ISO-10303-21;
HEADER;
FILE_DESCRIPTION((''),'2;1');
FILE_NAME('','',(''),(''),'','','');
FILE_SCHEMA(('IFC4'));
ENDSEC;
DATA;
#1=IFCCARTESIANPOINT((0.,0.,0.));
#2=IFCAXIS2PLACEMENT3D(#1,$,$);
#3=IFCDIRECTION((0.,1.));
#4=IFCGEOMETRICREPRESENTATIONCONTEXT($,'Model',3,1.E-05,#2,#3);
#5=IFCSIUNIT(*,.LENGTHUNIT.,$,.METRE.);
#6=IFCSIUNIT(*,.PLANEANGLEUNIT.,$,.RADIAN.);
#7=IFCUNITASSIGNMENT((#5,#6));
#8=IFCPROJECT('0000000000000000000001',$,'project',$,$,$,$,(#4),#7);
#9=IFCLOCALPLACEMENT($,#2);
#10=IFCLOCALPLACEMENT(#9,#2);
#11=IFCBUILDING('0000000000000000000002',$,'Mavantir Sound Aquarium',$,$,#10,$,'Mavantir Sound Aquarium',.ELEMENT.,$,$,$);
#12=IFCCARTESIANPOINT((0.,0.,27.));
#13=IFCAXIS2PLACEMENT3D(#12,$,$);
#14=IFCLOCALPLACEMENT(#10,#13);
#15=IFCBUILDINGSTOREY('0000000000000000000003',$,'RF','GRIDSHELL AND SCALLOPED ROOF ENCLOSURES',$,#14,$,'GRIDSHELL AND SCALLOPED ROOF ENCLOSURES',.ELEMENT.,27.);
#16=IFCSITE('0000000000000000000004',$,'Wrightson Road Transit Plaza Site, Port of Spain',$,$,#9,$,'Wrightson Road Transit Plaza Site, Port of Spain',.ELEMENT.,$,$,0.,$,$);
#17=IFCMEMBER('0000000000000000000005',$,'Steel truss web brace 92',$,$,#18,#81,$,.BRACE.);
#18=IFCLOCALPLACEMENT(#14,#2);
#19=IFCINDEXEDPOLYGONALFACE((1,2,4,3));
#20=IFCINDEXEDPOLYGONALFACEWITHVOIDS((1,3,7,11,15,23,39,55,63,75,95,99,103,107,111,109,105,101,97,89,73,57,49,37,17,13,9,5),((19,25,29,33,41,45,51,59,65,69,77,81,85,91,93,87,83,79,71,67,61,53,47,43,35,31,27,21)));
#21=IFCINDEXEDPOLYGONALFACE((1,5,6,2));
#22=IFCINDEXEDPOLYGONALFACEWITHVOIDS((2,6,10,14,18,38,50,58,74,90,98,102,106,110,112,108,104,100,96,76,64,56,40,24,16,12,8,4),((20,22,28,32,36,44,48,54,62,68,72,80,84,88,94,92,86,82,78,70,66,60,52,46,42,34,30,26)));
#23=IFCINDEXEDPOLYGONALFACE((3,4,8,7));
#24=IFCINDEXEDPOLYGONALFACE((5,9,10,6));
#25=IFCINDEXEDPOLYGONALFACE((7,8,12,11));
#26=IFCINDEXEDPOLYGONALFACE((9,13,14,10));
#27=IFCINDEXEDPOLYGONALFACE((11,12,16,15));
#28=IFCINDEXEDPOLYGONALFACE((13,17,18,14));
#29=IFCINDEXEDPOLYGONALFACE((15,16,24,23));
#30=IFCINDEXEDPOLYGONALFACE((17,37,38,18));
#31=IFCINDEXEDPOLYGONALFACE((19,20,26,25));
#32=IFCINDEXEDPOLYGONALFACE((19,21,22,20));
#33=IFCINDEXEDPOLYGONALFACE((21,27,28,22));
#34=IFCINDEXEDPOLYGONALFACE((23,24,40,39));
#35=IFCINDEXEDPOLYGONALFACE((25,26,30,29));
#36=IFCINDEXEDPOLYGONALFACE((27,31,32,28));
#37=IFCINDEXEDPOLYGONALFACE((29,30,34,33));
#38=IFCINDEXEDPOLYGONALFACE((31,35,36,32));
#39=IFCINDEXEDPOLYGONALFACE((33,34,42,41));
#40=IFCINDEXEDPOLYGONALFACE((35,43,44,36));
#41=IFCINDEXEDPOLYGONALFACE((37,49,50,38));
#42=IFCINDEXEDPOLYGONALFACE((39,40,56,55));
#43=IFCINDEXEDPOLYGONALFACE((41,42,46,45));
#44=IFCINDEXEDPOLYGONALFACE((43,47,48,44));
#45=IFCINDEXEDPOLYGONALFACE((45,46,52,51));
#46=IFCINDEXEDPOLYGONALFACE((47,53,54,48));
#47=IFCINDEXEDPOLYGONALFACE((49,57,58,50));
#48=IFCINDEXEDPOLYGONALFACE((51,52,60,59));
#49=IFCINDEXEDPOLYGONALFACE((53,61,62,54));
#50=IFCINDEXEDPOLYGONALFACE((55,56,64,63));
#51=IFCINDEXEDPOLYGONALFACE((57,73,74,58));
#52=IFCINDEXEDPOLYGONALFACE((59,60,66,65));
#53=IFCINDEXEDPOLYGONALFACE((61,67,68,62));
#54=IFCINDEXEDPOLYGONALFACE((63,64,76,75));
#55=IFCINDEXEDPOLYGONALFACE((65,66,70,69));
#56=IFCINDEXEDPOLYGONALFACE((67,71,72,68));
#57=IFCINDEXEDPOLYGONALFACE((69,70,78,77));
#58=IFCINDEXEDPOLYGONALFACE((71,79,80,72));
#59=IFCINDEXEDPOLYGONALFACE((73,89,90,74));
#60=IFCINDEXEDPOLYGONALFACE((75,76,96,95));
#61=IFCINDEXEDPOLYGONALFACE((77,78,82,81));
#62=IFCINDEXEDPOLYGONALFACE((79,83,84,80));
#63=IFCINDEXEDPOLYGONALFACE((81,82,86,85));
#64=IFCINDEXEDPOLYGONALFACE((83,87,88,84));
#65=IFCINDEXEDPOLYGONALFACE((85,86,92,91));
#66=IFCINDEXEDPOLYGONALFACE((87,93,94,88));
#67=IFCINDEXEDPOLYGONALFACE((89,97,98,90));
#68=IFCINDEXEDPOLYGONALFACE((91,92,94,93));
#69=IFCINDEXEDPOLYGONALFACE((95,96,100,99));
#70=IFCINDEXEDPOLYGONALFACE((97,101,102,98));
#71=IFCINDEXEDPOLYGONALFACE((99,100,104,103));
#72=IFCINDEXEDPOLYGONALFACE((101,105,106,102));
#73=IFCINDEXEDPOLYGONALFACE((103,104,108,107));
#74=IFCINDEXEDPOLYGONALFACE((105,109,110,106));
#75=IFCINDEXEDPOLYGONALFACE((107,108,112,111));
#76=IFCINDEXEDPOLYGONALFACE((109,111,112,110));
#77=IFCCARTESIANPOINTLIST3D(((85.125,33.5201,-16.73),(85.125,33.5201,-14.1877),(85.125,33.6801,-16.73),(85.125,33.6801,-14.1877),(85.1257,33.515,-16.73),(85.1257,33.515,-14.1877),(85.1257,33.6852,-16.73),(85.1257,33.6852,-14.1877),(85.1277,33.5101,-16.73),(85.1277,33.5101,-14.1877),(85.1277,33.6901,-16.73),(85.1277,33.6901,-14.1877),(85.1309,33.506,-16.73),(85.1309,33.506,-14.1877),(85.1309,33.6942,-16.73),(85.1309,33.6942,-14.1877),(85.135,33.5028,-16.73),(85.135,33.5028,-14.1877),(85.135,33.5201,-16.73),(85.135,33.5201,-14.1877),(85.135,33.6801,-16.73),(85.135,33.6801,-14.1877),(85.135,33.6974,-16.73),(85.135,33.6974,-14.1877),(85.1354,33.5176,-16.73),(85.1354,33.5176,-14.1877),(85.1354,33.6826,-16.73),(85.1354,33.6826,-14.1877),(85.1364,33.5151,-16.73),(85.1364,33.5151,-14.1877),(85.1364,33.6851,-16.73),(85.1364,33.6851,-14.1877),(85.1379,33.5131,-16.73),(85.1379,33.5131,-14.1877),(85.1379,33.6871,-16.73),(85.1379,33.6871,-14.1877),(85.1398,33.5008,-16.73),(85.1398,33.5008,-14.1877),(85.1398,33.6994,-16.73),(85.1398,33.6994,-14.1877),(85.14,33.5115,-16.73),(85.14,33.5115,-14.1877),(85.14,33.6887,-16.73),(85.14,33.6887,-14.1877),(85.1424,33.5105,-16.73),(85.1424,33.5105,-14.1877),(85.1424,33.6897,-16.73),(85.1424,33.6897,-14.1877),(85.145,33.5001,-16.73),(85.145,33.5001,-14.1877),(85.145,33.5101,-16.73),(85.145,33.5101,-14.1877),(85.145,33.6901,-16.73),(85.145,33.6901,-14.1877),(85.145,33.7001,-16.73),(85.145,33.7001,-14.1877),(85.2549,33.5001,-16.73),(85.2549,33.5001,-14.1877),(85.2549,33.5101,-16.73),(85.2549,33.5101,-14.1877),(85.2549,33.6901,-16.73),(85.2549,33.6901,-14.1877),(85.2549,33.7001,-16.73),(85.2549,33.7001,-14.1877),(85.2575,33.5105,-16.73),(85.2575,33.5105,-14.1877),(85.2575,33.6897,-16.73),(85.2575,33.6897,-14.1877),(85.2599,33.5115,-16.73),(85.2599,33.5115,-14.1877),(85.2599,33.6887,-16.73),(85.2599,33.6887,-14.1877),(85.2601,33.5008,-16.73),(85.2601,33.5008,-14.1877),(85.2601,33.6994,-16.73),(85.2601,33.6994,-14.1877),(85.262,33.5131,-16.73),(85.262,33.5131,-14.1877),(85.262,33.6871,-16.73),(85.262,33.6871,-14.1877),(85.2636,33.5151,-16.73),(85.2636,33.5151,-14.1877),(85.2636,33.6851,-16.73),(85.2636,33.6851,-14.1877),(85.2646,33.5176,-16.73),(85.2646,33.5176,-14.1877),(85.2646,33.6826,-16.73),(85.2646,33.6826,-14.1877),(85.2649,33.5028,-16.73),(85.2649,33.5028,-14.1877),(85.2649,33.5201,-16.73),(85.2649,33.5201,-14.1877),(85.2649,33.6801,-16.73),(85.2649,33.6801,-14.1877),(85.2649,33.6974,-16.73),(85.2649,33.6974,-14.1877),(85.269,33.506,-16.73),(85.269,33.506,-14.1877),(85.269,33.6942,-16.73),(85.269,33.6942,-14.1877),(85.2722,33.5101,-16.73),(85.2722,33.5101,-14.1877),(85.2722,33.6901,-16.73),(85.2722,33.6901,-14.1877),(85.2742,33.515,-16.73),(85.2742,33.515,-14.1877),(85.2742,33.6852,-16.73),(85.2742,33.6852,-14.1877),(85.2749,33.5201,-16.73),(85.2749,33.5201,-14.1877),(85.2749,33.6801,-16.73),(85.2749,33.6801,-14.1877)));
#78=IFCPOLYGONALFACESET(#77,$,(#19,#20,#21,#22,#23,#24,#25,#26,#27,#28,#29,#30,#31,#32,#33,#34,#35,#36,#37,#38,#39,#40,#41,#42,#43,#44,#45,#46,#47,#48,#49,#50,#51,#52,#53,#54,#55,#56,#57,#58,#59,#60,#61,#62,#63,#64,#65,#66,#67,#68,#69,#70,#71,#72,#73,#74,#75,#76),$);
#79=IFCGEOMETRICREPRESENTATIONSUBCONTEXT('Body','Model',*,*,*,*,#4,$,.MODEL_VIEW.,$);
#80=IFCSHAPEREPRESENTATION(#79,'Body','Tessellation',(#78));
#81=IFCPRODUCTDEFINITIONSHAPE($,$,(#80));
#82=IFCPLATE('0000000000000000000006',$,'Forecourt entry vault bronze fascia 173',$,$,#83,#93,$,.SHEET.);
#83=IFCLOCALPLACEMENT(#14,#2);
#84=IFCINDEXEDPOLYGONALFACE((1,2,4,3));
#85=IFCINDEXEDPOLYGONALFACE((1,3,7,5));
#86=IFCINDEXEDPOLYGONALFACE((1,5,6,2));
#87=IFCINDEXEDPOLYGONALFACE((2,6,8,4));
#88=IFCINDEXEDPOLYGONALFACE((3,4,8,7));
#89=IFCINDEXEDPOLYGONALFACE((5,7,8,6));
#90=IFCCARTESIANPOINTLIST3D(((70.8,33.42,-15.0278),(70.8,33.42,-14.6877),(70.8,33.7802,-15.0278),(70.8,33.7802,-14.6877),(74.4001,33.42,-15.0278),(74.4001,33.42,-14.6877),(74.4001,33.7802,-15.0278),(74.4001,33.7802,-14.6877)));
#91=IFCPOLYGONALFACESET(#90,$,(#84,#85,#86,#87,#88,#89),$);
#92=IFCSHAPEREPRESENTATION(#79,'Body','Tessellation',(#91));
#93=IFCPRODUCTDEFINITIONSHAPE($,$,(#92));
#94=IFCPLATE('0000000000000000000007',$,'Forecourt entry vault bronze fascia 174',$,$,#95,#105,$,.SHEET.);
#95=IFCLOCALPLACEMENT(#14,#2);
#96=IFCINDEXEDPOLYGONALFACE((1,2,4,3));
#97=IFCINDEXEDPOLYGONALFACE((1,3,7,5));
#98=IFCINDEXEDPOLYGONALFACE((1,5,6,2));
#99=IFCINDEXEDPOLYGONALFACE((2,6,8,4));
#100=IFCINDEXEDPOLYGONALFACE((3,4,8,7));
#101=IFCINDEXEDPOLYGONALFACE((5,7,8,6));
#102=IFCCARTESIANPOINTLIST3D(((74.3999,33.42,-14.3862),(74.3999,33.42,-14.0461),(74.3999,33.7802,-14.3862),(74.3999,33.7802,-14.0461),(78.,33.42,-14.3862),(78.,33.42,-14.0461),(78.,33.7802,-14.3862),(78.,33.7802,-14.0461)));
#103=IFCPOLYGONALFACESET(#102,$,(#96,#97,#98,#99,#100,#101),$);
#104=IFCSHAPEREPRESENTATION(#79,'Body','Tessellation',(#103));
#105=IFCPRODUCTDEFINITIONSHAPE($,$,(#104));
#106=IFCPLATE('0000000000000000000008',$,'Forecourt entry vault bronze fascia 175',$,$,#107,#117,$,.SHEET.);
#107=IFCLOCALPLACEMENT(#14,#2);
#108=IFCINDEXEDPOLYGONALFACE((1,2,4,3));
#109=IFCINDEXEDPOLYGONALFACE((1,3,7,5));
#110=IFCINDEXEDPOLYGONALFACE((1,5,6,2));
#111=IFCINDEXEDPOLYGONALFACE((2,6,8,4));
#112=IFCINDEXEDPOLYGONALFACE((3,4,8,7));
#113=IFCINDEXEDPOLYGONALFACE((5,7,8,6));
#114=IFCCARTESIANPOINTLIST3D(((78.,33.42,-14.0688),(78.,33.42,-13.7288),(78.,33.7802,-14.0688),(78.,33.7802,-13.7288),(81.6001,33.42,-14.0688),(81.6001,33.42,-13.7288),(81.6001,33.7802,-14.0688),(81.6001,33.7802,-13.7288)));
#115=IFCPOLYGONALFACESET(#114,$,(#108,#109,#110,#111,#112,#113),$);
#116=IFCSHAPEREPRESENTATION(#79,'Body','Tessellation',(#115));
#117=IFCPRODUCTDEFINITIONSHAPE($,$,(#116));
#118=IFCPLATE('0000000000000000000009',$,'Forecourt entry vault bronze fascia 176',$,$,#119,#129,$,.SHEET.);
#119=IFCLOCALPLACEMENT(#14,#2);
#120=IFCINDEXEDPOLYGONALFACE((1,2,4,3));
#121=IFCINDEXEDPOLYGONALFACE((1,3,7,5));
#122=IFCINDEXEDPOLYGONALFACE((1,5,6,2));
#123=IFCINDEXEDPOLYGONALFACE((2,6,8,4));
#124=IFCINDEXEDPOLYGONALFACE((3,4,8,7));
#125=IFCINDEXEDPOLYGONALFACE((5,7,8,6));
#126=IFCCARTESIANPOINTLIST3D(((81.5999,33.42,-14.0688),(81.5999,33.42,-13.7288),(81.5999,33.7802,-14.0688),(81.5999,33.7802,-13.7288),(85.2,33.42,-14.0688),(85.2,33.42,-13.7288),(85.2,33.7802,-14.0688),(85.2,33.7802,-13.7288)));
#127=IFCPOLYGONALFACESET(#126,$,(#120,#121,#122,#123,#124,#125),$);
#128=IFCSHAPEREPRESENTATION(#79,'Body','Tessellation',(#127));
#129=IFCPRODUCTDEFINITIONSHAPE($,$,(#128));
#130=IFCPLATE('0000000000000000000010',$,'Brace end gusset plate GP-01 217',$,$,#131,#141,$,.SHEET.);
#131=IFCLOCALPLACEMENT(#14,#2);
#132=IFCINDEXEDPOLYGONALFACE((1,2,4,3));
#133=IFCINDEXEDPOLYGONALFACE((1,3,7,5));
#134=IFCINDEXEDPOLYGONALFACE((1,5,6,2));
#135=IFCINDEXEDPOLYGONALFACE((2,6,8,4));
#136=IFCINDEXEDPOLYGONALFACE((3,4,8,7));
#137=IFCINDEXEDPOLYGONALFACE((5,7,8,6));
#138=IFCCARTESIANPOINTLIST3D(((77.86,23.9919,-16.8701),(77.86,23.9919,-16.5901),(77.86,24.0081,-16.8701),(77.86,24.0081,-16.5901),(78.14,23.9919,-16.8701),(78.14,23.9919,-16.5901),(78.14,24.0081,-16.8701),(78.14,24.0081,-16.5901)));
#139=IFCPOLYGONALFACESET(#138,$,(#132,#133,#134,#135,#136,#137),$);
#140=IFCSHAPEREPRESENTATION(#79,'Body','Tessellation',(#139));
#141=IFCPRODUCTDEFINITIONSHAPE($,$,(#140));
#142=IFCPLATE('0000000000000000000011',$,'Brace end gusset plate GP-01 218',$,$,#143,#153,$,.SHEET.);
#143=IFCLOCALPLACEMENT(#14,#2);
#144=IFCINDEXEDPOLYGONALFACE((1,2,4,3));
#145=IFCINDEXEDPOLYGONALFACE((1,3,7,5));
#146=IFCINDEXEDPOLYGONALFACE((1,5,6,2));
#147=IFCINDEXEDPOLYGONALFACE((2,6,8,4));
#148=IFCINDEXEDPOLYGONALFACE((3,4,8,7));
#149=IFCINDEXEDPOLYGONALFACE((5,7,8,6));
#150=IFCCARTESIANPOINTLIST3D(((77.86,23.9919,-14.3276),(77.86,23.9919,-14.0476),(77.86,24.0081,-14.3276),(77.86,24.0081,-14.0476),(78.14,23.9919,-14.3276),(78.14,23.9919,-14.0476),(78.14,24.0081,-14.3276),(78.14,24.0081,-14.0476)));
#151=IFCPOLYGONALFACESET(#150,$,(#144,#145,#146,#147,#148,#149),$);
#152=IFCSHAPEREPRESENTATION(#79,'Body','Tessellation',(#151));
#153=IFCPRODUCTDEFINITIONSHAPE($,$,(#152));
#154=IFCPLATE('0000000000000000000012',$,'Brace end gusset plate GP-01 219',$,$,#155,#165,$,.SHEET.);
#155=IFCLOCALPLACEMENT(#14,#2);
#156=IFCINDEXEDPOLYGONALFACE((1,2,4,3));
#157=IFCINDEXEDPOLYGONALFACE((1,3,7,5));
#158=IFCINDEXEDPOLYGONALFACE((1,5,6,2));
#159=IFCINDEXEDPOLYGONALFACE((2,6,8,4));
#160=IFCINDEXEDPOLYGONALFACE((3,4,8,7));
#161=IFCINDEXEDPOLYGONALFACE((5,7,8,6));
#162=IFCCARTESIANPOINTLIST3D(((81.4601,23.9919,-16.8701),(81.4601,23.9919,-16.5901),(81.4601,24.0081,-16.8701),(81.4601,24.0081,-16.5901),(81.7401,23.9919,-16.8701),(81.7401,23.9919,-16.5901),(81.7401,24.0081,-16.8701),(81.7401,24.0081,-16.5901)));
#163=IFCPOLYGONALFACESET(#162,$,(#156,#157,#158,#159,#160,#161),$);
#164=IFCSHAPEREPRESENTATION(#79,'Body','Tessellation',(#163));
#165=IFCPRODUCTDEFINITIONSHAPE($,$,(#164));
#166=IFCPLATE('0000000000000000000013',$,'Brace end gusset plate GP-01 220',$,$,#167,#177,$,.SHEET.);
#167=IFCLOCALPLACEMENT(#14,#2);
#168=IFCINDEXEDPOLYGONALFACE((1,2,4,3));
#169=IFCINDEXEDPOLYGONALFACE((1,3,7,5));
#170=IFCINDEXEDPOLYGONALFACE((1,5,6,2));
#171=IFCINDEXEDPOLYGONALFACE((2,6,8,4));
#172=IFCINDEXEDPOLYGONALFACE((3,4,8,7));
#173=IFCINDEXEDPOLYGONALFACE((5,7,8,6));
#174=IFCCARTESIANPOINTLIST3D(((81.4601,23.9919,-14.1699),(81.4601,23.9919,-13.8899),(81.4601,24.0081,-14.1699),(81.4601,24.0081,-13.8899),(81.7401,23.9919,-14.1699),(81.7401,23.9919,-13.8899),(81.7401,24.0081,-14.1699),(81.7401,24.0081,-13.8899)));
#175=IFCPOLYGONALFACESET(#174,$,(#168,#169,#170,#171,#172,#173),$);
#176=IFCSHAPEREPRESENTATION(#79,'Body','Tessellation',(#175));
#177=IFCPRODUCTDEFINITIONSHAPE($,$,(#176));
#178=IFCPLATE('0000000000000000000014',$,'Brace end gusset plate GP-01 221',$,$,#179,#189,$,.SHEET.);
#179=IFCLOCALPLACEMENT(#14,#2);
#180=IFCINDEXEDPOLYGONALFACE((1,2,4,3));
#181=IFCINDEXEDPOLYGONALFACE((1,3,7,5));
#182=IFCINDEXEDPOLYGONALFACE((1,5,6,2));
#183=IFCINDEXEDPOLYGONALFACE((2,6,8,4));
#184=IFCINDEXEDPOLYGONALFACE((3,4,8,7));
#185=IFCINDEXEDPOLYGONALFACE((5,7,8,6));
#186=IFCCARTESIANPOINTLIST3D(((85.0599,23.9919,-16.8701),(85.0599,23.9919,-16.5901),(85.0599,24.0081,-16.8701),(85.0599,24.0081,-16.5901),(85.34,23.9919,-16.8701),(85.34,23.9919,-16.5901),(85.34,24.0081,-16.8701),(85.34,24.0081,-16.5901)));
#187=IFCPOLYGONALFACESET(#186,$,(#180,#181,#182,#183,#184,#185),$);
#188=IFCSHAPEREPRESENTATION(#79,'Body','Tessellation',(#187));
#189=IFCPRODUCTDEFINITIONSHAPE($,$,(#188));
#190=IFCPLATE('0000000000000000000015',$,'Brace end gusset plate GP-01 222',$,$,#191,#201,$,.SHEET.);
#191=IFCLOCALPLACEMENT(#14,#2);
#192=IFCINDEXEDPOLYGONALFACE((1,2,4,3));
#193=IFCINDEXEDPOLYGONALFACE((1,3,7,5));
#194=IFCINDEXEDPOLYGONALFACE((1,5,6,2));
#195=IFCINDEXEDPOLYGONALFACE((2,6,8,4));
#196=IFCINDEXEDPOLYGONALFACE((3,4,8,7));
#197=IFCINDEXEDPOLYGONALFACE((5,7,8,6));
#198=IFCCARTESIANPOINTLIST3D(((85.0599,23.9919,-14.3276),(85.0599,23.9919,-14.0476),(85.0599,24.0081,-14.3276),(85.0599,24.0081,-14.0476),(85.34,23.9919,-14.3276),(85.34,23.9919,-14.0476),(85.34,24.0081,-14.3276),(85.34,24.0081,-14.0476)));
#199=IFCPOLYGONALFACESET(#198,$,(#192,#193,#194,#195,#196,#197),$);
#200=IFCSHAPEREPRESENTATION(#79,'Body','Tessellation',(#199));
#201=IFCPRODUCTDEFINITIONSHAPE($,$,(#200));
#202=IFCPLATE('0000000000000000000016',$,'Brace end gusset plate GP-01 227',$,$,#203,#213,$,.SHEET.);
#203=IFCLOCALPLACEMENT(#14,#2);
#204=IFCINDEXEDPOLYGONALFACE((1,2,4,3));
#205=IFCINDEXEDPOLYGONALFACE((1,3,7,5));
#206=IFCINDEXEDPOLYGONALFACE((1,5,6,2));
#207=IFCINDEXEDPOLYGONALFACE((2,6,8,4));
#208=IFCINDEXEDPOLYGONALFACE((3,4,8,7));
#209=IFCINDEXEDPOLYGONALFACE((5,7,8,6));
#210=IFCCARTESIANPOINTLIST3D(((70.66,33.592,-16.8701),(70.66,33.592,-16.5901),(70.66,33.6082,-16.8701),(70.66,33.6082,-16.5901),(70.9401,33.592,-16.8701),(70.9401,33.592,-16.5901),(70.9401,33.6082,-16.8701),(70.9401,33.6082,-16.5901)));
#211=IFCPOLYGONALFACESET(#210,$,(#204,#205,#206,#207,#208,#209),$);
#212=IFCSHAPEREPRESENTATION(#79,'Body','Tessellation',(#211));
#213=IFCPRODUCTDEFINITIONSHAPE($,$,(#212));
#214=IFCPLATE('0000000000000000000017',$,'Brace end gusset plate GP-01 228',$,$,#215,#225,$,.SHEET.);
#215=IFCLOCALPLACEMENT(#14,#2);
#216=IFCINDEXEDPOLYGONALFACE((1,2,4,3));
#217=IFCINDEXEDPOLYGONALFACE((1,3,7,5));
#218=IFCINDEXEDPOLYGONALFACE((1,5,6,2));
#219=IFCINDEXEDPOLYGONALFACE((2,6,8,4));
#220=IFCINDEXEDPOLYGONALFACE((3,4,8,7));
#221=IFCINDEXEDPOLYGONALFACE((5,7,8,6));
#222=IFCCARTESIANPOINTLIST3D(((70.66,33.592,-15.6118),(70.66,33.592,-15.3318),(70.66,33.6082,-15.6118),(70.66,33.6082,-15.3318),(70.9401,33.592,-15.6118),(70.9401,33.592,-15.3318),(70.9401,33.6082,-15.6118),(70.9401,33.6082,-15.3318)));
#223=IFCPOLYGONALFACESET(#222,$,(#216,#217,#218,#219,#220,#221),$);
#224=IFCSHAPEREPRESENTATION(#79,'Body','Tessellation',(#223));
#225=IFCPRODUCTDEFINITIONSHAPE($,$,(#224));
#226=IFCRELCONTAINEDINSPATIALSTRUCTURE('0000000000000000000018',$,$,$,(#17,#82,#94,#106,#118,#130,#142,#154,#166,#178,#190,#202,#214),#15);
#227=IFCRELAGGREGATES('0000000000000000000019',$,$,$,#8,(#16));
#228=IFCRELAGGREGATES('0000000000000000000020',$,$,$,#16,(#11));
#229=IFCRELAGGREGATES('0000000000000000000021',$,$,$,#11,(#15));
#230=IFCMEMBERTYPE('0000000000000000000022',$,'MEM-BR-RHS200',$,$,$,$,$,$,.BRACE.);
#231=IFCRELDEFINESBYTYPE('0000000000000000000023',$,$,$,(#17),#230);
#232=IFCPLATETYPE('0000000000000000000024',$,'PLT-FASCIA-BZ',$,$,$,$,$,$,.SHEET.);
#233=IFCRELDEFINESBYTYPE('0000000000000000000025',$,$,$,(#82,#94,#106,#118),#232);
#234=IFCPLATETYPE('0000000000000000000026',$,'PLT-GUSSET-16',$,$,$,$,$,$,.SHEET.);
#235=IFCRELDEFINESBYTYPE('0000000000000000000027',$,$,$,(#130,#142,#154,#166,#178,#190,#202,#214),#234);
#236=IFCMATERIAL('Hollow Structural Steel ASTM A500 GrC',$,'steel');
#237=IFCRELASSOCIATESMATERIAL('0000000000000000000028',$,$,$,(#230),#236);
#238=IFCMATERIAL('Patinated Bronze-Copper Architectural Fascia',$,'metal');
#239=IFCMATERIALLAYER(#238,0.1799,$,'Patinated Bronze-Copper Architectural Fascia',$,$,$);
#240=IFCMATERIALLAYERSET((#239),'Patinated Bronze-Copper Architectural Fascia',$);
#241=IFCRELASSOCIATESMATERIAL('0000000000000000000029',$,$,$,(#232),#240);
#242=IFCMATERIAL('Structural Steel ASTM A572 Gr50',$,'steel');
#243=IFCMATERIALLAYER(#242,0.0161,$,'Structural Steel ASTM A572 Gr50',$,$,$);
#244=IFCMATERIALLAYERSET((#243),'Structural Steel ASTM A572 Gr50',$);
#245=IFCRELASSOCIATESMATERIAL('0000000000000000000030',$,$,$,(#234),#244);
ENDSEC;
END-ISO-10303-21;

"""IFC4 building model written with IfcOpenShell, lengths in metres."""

from ifc_helpers import new_model, si_unit, direction, frame, origin, origin_2d, place, context, subcontext, project, spatial, rectangle, hollow_rectangle, extrude, material, layer, layer_set, material_profile, profile_set, type_object, element, save


model = new_model("IFC4")

# Units and contexts
model_context = context("Model", 3, precision=1e-05, world=origin(), true_north=direction((0.0, 1.0)))
body_context = subcontext(model_context, "Body", "Model", "MODEL_VIEW")
ifc_project = project(units=[si_unit("LENGTHUNIT", "METRE"), si_unit("PLANEANGLEUNIT", "RADIAN")], contexts=[model_context])

# Site, building, storey
site_placement = place(None, origin())
site = spatial("IfcSite", under=ifc_project, at=site_placement, Name="Wrightson Road Transit Plaza Site, Port of Spain", LongName="Wrightson Road Transit Plaza Site, Port of Spain", CompositionType="ELEMENT", RefElevation=0.0)
building_placement = place(site_placement, origin())
building = spatial("IfcBuilding", under=site, at=building_placement, Name="Mavantir Sound Aquarium", LongName="Mavantir Sound Aquarium", CompositionType="ELEMENT")
storey_placement = place(building_placement, frame((0.0, 0.0, 27.0)))
storey = spatial("IfcBuildingStorey", under=building, at=storey_placement, Name="RF", Description="GRIDSHELL AND SCALLOPED ROOF ENCLOSURES", LongName="GRIDSHELL AND SCALLOPED ROOF ENCLOSURES", CompositionType="ELEMENT", Elevation=27.0)

# Shared definitions
ifc_material_1 = material(Name="Hollow Structural Steel ASTM A500 GrC", Category="steel")

# Member
ifc_material_profile_1 = material_profile(ifc_material_1, hollow_rectangle(XDim=0.1499, YDim=0.2, WallThickness=0.01, InnerFilletRadius=0.01, OuterFilletRadius=0.02, at=origin_2d()), Name="RHS 200X150X10")
ifc_profile_set_1 = profile_set([ifc_material_profile_1], Name="Hollow Structural Steel ASTM A500 GrC")
member_type_1 = type_object("IfcMemberType", Name="MEM-BR-RHS200", PredefinedType="BRACE", material=ifc_profile_set_1)
member_1_placement = place(storey_placement, frame((85.2, 33.6001, -16.73), z_axis=(0.0, 0.0, 1.0), x_axis=(1.0, 0.0, 0.0)))
element("IfcMember", 1, at=member_1_placement, inside=storey, type_object=member_type_1, Name="Steel truss web brace 92", PredefinedType="BRACE", context=body_context, shape_type="SweptSolid", body=[
    extrude(hollow_rectangle(XDim=0.1499, YDim=0.2, WallThickness=0.01, InnerFilletRadius=0.01, OuterFilletRadius=0.02, at=origin_2d()), origin(), (0.0, 0.0, 1.0), 2.5422),
])

# Plates
ifc_material_2 = material(Name="Patinated Bronze-Copper Architectural Fascia", Category="metal")
ifc_layer_1 = layer(ifc_material_2, 0.1799, Name="Patinated Bronze-Copper Architectural Fascia")
ifc_layer_set_1 = layer_set([ifc_layer_1], Name="Patinated Bronze-Copper Architectural Fascia")
plate_type_1 = type_object("IfcPlateType", Name="PLT-FASCIA-BZ", PredefinedType="SHEET", material=ifc_layer_set_1)
for number, where, z_axis, x_axis, name in (
    (2, (72.6001, 33.6001, -15.0278), (0.0, 0.0, 1.0), (1.0, 0.0, 0.0), "Forecourt entry vault bronze fascia 173"),
    (3, (76.2, 33.6001, -14.3862), (0.0, 0.0, 1.0), (1.0, 0.0, 0.0), "Forecourt entry vault bronze fascia 174"),
    (4, (79.8, 33.6001, -14.0688), (0.0, 0.0, 1.0), (1.0, 0.0, 0.0), "Forecourt entry vault bronze fascia 175"),
    (5, (83.3999, 33.6001, -14.0688), (0.0, 0.0, 1.0), (1.0, 0.0, 0.0), "Forecourt entry vault bronze fascia 176"),
):
    element("IfcPlate", number, at=place(storey_placement, frame(where, z_axis=z_axis, x_axis=x_axis)), inside=storey, type_object=plate_type_1, Name=name, PredefinedType="SHEET", context=body_context, shape_type="SweptSolid", body=[
        extrude(rectangle(XDim=3.6001, YDim=0.3601, at=origin_2d()), origin(), (0.0, 0.0, 1.0), 0.3401),
    ])
ifc_material_3 = material(Name="Structural Steel ASTM A572 Gr50", Category="steel")
ifc_layer_2 = layer(ifc_material_3, 0.0161, Name="Structural Steel ASTM A572 Gr50")
ifc_layer_set_2 = layer_set([ifc_layer_2], Name="Structural Steel ASTM A572 Gr50")
plate_type_2 = type_object("IfcPlateType", Name="PLT-GUSSET-16", PredefinedType="SHEET", material=ifc_layer_set_2)
for number, where, z_axis, x_axis, name in (
    (6, (78.0, 24.0, -16.8701), (0.0, 0.0, 1.0), (1.0, 0.0, 0.0), "Brace end gusset plate GP-01 217"),
    (7, (78.0, 24.0, -14.3276), (0.0, 0.0, 1.0), (1.0, 0.0, 0.0), "Brace end gusset plate GP-01 218"),
    (8, (81.6001, 24.0, -16.8701), (0.0, 0.0, 1.0), (1.0, 0.0, 0.0), "Brace end gusset plate GP-01 219"),
    (9, (81.6001, 24.0, -14.1699), (0.0, 0.0, 1.0), (1.0, 0.0, 0.0), "Brace end gusset plate GP-01 220"),
    (10, (85.2, 24.0, -16.8701), (0.0, 0.0, 1.0), (1.0, 0.0, 0.0), "Brace end gusset plate GP-01 221"),
    (11, (85.2, 24.0, -14.3276), (0.0, 0.0, 1.0), (1.0, 0.0, 0.0), "Brace end gusset plate GP-01 222"),
    (12, (70.8, 33.6001, -16.8701), (0.0, 0.0, 1.0), (1.0, 0.0, 0.0), "Brace end gusset plate GP-01 227"),
    (13, (70.8, 33.6001, -15.6118), (0.0, 0.0, 1.0), (1.0, 0.0, 0.0), "Brace end gusset plate GP-01 228"),
):
    element("IfcPlate", number, at=place(storey_placement, frame(where, z_axis=z_axis, x_axis=x_axis)), inside=storey, type_object=plate_type_2, Name=name, PredefinedType="SHEET", context=body_context, shape_type="SweptSolid", body=[
        extrude(rectangle(XDim=0.28, YDim=0.0161, at=origin_2d()), origin(), (0.0, 0.0, 1.0), 0.28),
    ])

save(model, "model.ifc")
